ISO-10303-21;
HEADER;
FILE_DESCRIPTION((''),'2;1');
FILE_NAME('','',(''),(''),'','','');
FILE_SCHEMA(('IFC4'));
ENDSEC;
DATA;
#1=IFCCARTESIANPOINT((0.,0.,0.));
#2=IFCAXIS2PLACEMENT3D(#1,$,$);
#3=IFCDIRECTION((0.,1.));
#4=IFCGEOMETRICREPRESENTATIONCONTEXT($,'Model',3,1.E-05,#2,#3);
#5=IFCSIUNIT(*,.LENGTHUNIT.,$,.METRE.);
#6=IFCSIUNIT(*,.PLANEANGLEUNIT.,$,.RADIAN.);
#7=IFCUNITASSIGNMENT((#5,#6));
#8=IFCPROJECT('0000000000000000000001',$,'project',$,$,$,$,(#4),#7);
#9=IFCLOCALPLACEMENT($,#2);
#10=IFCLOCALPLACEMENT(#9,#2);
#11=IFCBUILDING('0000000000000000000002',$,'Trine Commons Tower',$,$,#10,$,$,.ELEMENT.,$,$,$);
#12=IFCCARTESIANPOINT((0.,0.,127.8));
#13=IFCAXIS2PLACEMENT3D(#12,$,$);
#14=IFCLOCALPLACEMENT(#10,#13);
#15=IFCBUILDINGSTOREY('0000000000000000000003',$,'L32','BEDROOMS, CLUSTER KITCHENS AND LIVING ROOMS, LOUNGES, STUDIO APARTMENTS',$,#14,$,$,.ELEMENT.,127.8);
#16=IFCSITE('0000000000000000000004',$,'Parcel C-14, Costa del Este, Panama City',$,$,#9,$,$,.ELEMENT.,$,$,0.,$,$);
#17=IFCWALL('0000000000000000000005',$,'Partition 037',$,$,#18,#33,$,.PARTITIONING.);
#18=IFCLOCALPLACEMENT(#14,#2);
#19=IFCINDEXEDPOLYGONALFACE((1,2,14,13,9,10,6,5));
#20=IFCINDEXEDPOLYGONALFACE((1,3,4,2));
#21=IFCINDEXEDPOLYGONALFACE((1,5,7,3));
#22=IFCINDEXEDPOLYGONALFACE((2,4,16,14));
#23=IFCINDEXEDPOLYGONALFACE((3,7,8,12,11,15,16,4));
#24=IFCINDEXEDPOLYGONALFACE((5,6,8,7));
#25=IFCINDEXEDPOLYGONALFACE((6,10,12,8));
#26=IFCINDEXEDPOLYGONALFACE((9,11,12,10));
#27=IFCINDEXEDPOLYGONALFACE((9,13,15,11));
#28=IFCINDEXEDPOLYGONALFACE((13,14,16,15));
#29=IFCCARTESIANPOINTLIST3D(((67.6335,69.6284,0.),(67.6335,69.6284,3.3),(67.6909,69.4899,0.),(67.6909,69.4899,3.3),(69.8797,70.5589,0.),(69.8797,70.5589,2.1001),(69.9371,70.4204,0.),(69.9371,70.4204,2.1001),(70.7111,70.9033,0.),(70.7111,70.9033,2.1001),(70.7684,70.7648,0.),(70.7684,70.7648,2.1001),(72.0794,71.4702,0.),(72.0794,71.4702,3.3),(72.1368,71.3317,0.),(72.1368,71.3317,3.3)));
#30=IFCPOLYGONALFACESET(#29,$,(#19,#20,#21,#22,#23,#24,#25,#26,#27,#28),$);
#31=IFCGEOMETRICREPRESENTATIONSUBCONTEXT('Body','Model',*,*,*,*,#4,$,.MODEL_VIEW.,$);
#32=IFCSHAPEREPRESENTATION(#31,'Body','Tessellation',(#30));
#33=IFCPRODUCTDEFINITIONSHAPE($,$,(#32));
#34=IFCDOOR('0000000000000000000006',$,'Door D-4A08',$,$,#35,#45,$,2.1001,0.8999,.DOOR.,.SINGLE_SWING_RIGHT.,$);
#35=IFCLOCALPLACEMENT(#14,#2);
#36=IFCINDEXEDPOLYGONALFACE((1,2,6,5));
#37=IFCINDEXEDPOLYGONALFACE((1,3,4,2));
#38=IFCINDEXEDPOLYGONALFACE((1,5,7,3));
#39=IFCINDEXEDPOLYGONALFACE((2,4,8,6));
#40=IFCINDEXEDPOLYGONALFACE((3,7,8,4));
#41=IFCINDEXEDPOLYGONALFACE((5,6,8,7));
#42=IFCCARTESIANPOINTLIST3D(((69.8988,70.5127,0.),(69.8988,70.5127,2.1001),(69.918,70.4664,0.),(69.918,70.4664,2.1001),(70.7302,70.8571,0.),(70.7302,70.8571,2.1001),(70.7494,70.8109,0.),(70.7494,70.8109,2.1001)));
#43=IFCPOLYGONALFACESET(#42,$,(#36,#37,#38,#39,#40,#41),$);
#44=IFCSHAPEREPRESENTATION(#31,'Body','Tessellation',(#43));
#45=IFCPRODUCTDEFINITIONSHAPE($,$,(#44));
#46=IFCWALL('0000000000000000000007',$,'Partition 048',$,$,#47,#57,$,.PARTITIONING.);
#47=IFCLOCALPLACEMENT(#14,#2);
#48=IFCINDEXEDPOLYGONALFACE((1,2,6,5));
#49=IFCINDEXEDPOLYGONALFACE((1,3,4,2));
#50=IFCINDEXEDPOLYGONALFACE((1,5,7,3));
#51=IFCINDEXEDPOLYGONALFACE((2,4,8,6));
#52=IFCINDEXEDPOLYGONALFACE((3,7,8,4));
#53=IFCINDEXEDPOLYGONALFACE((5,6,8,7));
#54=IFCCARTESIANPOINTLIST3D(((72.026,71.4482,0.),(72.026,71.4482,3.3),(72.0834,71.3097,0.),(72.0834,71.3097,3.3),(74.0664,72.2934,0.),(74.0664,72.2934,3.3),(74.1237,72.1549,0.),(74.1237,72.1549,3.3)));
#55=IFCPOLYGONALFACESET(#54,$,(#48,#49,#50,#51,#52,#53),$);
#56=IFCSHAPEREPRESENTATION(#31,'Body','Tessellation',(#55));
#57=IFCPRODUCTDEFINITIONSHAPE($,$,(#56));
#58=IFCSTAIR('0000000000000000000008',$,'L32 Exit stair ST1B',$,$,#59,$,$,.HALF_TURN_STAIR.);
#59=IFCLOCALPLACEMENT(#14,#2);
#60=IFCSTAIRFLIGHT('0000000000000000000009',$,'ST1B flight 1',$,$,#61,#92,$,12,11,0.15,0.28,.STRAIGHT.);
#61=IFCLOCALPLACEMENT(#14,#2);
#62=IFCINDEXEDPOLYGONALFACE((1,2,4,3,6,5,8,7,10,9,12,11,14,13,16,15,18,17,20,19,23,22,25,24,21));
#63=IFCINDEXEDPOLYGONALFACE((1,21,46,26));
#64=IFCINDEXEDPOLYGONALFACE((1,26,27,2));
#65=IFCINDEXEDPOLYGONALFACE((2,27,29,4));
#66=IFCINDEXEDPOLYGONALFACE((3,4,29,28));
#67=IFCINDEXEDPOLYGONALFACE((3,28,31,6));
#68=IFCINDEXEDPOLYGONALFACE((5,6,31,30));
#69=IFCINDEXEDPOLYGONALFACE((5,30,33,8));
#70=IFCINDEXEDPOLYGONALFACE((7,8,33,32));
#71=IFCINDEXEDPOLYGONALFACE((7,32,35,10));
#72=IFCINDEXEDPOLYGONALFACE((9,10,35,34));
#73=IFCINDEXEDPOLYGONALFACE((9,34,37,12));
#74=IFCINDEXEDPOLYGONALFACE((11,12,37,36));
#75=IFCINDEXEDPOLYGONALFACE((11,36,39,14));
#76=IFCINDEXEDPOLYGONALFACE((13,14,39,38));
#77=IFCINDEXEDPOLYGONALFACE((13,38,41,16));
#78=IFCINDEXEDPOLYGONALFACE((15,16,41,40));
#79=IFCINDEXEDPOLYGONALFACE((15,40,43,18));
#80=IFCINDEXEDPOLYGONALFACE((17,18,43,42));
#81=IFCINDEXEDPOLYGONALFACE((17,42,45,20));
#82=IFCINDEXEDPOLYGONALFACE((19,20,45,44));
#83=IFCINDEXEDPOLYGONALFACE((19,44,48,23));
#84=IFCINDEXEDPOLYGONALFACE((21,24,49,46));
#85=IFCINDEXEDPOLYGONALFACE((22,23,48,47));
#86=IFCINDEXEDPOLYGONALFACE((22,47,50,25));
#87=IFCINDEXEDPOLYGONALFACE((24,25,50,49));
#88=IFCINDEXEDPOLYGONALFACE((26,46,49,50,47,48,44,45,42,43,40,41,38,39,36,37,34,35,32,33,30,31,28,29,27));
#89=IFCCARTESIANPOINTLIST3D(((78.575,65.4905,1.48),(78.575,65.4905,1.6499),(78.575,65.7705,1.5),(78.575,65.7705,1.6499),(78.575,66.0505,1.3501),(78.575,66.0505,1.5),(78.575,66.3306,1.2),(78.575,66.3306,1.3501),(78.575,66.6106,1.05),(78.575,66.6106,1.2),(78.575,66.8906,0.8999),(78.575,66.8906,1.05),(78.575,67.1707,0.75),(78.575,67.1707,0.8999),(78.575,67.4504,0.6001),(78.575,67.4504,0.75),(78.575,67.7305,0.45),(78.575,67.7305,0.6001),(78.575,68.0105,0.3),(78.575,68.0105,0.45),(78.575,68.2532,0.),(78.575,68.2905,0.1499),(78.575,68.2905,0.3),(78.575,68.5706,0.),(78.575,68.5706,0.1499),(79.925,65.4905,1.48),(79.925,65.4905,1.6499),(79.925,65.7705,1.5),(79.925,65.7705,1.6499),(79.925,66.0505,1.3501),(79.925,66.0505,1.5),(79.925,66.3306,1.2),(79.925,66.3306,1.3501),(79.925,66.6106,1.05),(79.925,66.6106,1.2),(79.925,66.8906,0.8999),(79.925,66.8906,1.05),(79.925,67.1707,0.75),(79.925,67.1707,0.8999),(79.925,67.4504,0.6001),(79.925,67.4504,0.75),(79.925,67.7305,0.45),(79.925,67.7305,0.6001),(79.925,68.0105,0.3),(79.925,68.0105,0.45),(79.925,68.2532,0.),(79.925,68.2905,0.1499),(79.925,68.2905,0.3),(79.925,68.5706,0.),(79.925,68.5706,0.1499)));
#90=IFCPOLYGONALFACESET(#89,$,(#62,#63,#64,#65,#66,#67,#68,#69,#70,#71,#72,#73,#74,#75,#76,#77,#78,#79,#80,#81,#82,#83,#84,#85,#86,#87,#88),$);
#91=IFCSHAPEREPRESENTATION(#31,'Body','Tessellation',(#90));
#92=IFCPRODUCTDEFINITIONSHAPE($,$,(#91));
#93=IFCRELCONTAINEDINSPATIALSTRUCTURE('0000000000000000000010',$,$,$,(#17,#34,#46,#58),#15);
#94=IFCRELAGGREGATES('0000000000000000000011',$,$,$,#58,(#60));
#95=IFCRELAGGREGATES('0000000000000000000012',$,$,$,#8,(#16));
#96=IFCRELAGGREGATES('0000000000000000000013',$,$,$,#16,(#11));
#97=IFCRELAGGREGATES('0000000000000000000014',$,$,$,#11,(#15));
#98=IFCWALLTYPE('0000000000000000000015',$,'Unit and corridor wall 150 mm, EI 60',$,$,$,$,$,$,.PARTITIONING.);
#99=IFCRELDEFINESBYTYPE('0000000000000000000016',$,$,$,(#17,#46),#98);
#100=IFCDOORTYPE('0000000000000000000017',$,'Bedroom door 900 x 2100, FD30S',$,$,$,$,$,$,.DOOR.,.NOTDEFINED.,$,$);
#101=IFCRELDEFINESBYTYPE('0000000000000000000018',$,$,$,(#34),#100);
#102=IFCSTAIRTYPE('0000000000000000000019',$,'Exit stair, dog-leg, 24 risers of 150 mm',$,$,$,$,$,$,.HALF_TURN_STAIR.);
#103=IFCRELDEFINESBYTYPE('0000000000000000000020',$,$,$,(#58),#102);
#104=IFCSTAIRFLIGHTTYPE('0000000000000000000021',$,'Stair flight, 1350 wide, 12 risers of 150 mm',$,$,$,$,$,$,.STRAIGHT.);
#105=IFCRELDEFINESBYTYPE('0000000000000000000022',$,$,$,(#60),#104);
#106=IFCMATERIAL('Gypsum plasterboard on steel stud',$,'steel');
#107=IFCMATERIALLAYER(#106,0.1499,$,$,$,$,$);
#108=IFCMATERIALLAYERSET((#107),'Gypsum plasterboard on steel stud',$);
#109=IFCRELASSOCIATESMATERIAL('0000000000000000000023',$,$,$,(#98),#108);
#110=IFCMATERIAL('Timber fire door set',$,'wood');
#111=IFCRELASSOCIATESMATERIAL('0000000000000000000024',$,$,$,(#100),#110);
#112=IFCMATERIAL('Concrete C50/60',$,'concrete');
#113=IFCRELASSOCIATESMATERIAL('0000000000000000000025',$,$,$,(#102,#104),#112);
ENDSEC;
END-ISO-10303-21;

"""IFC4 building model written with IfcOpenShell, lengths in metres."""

from ifc_helpers import new_model, si_unit, direction, frame, frame_2d, origin, place, context, subcontext, project, spatial, polyline, rectangle, outline, extrude, material, layer, layer_set, type_object, element, fill, aggregate, save


model = new_model("IFC4")

# Units and contexts
model_context = context("Model", 3, precision=1e-05, world=origin(), true_north=direction((0.0, 1.0)))
body_context = subcontext(model_context, "Body", "Model", "MODEL_VIEW")
ifc_project = project(units=[si_unit("LENGTHUNIT", "METRE"), si_unit("PLANEANGLEUNIT", "RADIAN")], contexts=[model_context])

# Site, building, storey
site_placement = place(None, origin())
site = spatial("IfcSite", under=ifc_project, at=site_placement, Name="Parcel C-14, Costa del Este, Panama City", CompositionType="ELEMENT", RefElevation=0.0)
building_placement = place(site_placement, origin())
building = spatial("IfcBuilding", under=site, at=building_placement, Name="Trine Commons Tower", CompositionType="ELEMENT")
storey_placement = place(building_placement, frame((0.0, 0.0, 127.8)))
storey = spatial("IfcBuildingStorey", under=building, at=storey_placement, Name="L32", Description="BEDROOMS, CLUSTER KITCHENS AND LIVING ROOMS, LOUNGES, STUDIO APARTMENTS", CompositionType="ELEMENT", Elevation=127.8)

# Shared definitions
ifc_material_1 = material(Name="Gypsum plasterboard on steel stud", Category="steel")
ifc_layer_1 = layer(ifc_material_1, 0.1499)
ifc_layer_set_1 = layer_set([ifc_layer_1], Name="Gypsum plasterboard on steel stud")
wall_type_1 = type_object("IfcWallType", Name="Unit and corridor wall 150 mm, EI 60", PredefinedType="PARTITIONING", material=ifc_layer_set_1)

# Wall, opening, door
ifc_material_2 = material(Name="Timber fire door set", Category="wood")
wall_1_placement = place(storey_placement, frame((67.6621, 69.5591, 0.0), z_axis=(0.0, 0.0, 1.0), x_axis=(0.923859, 0.382734, 0.0)))
wall_1 = element("IfcWall", 1, at=wall_1_placement, inside=storey, type_object=wall_type_1, Name="Partition 037", PredefinedType="PARTITIONING", context=body_context, shape_type="SweptSolid", body=[
    extrude(rectangle(XDim=4.8123, YDim=0.1499, at=frame_2d((2.4062, 0.0))), origin(), (0.0, 0.0, 1.0), 3.3),
])
opening_1_placement = place(wall_1_placement, frame((2.4314, 0.0, 0.0)))
opening_1 = element("IfcOpeningElement", 2, at=opening_1_placement, cuts=wall_1, PredefinedType="OPENING", context=body_context, shape_type="SweptSolid", body=[
    extrude(rectangle(XDim=0.8999, YDim=2.1001, at=frame_2d((0.45, 1.05))), frame((0.0, 0.085, 0.0), z_axis=(0.0, -1.0, 0.0), x_axis=(1.0, 0.0, 0.0)), (0.0, 0.0, 1.0), 0.1699),
])
door_type_1 = type_object("IfcDoorType", Name="Bedroom door 900 x 2100, FD30S", OperationType="NOTDEFINED", PredefinedType="DOOR", material=ifc_material_2)
door_1_placement = place(opening_1_placement, origin())
door_1 = element("IfcDoor", 3, at=door_1_placement, inside=storey, type_object=door_type_1, Name="Door D-4A08", OperationType="SINGLE_SWING_RIGHT", OverallHeight=2.1001, OverallWidth=0.8999, PredefinedType="DOOR", context=body_context, shape_type="SweptSolid", body=[
    extrude(rectangle(XDim=0.8999, YDim=2.1001, at=frame_2d((0.45, 1.05))), frame((0.0, 0.0249, 0.0), z_axis=(0.0, -1.0, 0.0), x_axis=(1.0, 0.0, 0.0)), (0.0, 0.0, 1.0), 0.05),
])
fill(opening_1, door_1)

# Wall
wall_2_placement = place(storey_placement, frame((72.0547, 71.3789, 0.0), z_axis=(0.0, 0.0, 1.0), x_axis=(0.923863, 0.382723, 0.0)))
element("IfcWall", 4, at=wall_2_placement, inside=storey, type_object=wall_type_1, Name="Partition 048", PredefinedType="PARTITIONING", context=body_context, shape_type="SweptSolid", body=[
    extrude(rectangle(XDim=2.2085, YDim=0.1499, at=frame_2d((1.1042, 0.0))), origin(), (0.0, 0.0, 1.0), 3.3),
])

# Stair, stair flight
ifc_material_3 = material(Name="Concrete C50/60", Category="concrete")
stair_type = type_object("IfcStairType", Name="Exit stair, dog-leg, 24 risers of 150 mm", PredefinedType="HALF_TURN_STAIR", material=ifc_material_3)
stair_placement = place(storey_placement, origin())
stair = element("IfcStair", 5, at=stair_placement, inside=storey, type_object=stair_type, Name="L32 Exit stair ST1B", PredefinedType="HALF_TURN_STAIR")
stair_flight_type = type_object("IfcStairFlightType", Name="Stair flight, 1350 wide, 12 risers of 150 mm", PredefinedType="STRAIGHT", material=ifc_material_3)
stair_flight_placement = place(storey_placement, frame((79.25, 68.5706, 0.0), z_axis=(0.0, 0.0, 1.0), x_axis=(0.0, -1.0, 0.0)))
stair_flight = element("IfcStairFlight", 6, at=stair_flight_placement, type_object=stair_flight_type, Name="ST1B flight 1", NumberOfRisers=12, NumberOfTreads=11, PredefinedType="STRAIGHT", RiserHeight=0.15, TreadLength=0.28, context=body_context, shape_type="SweptSolid", body=[
    extrude(outline(polyline([(0.0, 0.0), (0.0, 0.1499), (0.28, 0.1499), (0.28, 0.3), (0.5601, 0.3), (0.5601, 0.45), (0.8401, 0.45), (0.8401, 0.6001), (1.1201, 0.6001), (1.1201, 0.75), (1.3999, 0.75), (1.3999, 0.8999), (1.6799, 0.8999), (1.6799, 1.05), (1.96, 1.05), (1.96, 1.2), (2.24, 1.2), (2.24, 1.3501), (2.52, 1.3501), (2.52, 1.5), (2.8, 1.5), (2.8, 1.6499), (3.0801, 1.6499), (3.0801, 1.8), (3.0801, 1.48), (0.3174, 0.0), (0.0, 0.0)])), frame((0.0, 0.675, 0.0), z_axis=(0.0, -1.0, 0.0), x_axis=(1.0, 0.0, 0.0)), (0.0, 0.0, 1.0), 1.3501),
])
aggregate(stair, [stair_flight])

save(model, "model.ifc")
